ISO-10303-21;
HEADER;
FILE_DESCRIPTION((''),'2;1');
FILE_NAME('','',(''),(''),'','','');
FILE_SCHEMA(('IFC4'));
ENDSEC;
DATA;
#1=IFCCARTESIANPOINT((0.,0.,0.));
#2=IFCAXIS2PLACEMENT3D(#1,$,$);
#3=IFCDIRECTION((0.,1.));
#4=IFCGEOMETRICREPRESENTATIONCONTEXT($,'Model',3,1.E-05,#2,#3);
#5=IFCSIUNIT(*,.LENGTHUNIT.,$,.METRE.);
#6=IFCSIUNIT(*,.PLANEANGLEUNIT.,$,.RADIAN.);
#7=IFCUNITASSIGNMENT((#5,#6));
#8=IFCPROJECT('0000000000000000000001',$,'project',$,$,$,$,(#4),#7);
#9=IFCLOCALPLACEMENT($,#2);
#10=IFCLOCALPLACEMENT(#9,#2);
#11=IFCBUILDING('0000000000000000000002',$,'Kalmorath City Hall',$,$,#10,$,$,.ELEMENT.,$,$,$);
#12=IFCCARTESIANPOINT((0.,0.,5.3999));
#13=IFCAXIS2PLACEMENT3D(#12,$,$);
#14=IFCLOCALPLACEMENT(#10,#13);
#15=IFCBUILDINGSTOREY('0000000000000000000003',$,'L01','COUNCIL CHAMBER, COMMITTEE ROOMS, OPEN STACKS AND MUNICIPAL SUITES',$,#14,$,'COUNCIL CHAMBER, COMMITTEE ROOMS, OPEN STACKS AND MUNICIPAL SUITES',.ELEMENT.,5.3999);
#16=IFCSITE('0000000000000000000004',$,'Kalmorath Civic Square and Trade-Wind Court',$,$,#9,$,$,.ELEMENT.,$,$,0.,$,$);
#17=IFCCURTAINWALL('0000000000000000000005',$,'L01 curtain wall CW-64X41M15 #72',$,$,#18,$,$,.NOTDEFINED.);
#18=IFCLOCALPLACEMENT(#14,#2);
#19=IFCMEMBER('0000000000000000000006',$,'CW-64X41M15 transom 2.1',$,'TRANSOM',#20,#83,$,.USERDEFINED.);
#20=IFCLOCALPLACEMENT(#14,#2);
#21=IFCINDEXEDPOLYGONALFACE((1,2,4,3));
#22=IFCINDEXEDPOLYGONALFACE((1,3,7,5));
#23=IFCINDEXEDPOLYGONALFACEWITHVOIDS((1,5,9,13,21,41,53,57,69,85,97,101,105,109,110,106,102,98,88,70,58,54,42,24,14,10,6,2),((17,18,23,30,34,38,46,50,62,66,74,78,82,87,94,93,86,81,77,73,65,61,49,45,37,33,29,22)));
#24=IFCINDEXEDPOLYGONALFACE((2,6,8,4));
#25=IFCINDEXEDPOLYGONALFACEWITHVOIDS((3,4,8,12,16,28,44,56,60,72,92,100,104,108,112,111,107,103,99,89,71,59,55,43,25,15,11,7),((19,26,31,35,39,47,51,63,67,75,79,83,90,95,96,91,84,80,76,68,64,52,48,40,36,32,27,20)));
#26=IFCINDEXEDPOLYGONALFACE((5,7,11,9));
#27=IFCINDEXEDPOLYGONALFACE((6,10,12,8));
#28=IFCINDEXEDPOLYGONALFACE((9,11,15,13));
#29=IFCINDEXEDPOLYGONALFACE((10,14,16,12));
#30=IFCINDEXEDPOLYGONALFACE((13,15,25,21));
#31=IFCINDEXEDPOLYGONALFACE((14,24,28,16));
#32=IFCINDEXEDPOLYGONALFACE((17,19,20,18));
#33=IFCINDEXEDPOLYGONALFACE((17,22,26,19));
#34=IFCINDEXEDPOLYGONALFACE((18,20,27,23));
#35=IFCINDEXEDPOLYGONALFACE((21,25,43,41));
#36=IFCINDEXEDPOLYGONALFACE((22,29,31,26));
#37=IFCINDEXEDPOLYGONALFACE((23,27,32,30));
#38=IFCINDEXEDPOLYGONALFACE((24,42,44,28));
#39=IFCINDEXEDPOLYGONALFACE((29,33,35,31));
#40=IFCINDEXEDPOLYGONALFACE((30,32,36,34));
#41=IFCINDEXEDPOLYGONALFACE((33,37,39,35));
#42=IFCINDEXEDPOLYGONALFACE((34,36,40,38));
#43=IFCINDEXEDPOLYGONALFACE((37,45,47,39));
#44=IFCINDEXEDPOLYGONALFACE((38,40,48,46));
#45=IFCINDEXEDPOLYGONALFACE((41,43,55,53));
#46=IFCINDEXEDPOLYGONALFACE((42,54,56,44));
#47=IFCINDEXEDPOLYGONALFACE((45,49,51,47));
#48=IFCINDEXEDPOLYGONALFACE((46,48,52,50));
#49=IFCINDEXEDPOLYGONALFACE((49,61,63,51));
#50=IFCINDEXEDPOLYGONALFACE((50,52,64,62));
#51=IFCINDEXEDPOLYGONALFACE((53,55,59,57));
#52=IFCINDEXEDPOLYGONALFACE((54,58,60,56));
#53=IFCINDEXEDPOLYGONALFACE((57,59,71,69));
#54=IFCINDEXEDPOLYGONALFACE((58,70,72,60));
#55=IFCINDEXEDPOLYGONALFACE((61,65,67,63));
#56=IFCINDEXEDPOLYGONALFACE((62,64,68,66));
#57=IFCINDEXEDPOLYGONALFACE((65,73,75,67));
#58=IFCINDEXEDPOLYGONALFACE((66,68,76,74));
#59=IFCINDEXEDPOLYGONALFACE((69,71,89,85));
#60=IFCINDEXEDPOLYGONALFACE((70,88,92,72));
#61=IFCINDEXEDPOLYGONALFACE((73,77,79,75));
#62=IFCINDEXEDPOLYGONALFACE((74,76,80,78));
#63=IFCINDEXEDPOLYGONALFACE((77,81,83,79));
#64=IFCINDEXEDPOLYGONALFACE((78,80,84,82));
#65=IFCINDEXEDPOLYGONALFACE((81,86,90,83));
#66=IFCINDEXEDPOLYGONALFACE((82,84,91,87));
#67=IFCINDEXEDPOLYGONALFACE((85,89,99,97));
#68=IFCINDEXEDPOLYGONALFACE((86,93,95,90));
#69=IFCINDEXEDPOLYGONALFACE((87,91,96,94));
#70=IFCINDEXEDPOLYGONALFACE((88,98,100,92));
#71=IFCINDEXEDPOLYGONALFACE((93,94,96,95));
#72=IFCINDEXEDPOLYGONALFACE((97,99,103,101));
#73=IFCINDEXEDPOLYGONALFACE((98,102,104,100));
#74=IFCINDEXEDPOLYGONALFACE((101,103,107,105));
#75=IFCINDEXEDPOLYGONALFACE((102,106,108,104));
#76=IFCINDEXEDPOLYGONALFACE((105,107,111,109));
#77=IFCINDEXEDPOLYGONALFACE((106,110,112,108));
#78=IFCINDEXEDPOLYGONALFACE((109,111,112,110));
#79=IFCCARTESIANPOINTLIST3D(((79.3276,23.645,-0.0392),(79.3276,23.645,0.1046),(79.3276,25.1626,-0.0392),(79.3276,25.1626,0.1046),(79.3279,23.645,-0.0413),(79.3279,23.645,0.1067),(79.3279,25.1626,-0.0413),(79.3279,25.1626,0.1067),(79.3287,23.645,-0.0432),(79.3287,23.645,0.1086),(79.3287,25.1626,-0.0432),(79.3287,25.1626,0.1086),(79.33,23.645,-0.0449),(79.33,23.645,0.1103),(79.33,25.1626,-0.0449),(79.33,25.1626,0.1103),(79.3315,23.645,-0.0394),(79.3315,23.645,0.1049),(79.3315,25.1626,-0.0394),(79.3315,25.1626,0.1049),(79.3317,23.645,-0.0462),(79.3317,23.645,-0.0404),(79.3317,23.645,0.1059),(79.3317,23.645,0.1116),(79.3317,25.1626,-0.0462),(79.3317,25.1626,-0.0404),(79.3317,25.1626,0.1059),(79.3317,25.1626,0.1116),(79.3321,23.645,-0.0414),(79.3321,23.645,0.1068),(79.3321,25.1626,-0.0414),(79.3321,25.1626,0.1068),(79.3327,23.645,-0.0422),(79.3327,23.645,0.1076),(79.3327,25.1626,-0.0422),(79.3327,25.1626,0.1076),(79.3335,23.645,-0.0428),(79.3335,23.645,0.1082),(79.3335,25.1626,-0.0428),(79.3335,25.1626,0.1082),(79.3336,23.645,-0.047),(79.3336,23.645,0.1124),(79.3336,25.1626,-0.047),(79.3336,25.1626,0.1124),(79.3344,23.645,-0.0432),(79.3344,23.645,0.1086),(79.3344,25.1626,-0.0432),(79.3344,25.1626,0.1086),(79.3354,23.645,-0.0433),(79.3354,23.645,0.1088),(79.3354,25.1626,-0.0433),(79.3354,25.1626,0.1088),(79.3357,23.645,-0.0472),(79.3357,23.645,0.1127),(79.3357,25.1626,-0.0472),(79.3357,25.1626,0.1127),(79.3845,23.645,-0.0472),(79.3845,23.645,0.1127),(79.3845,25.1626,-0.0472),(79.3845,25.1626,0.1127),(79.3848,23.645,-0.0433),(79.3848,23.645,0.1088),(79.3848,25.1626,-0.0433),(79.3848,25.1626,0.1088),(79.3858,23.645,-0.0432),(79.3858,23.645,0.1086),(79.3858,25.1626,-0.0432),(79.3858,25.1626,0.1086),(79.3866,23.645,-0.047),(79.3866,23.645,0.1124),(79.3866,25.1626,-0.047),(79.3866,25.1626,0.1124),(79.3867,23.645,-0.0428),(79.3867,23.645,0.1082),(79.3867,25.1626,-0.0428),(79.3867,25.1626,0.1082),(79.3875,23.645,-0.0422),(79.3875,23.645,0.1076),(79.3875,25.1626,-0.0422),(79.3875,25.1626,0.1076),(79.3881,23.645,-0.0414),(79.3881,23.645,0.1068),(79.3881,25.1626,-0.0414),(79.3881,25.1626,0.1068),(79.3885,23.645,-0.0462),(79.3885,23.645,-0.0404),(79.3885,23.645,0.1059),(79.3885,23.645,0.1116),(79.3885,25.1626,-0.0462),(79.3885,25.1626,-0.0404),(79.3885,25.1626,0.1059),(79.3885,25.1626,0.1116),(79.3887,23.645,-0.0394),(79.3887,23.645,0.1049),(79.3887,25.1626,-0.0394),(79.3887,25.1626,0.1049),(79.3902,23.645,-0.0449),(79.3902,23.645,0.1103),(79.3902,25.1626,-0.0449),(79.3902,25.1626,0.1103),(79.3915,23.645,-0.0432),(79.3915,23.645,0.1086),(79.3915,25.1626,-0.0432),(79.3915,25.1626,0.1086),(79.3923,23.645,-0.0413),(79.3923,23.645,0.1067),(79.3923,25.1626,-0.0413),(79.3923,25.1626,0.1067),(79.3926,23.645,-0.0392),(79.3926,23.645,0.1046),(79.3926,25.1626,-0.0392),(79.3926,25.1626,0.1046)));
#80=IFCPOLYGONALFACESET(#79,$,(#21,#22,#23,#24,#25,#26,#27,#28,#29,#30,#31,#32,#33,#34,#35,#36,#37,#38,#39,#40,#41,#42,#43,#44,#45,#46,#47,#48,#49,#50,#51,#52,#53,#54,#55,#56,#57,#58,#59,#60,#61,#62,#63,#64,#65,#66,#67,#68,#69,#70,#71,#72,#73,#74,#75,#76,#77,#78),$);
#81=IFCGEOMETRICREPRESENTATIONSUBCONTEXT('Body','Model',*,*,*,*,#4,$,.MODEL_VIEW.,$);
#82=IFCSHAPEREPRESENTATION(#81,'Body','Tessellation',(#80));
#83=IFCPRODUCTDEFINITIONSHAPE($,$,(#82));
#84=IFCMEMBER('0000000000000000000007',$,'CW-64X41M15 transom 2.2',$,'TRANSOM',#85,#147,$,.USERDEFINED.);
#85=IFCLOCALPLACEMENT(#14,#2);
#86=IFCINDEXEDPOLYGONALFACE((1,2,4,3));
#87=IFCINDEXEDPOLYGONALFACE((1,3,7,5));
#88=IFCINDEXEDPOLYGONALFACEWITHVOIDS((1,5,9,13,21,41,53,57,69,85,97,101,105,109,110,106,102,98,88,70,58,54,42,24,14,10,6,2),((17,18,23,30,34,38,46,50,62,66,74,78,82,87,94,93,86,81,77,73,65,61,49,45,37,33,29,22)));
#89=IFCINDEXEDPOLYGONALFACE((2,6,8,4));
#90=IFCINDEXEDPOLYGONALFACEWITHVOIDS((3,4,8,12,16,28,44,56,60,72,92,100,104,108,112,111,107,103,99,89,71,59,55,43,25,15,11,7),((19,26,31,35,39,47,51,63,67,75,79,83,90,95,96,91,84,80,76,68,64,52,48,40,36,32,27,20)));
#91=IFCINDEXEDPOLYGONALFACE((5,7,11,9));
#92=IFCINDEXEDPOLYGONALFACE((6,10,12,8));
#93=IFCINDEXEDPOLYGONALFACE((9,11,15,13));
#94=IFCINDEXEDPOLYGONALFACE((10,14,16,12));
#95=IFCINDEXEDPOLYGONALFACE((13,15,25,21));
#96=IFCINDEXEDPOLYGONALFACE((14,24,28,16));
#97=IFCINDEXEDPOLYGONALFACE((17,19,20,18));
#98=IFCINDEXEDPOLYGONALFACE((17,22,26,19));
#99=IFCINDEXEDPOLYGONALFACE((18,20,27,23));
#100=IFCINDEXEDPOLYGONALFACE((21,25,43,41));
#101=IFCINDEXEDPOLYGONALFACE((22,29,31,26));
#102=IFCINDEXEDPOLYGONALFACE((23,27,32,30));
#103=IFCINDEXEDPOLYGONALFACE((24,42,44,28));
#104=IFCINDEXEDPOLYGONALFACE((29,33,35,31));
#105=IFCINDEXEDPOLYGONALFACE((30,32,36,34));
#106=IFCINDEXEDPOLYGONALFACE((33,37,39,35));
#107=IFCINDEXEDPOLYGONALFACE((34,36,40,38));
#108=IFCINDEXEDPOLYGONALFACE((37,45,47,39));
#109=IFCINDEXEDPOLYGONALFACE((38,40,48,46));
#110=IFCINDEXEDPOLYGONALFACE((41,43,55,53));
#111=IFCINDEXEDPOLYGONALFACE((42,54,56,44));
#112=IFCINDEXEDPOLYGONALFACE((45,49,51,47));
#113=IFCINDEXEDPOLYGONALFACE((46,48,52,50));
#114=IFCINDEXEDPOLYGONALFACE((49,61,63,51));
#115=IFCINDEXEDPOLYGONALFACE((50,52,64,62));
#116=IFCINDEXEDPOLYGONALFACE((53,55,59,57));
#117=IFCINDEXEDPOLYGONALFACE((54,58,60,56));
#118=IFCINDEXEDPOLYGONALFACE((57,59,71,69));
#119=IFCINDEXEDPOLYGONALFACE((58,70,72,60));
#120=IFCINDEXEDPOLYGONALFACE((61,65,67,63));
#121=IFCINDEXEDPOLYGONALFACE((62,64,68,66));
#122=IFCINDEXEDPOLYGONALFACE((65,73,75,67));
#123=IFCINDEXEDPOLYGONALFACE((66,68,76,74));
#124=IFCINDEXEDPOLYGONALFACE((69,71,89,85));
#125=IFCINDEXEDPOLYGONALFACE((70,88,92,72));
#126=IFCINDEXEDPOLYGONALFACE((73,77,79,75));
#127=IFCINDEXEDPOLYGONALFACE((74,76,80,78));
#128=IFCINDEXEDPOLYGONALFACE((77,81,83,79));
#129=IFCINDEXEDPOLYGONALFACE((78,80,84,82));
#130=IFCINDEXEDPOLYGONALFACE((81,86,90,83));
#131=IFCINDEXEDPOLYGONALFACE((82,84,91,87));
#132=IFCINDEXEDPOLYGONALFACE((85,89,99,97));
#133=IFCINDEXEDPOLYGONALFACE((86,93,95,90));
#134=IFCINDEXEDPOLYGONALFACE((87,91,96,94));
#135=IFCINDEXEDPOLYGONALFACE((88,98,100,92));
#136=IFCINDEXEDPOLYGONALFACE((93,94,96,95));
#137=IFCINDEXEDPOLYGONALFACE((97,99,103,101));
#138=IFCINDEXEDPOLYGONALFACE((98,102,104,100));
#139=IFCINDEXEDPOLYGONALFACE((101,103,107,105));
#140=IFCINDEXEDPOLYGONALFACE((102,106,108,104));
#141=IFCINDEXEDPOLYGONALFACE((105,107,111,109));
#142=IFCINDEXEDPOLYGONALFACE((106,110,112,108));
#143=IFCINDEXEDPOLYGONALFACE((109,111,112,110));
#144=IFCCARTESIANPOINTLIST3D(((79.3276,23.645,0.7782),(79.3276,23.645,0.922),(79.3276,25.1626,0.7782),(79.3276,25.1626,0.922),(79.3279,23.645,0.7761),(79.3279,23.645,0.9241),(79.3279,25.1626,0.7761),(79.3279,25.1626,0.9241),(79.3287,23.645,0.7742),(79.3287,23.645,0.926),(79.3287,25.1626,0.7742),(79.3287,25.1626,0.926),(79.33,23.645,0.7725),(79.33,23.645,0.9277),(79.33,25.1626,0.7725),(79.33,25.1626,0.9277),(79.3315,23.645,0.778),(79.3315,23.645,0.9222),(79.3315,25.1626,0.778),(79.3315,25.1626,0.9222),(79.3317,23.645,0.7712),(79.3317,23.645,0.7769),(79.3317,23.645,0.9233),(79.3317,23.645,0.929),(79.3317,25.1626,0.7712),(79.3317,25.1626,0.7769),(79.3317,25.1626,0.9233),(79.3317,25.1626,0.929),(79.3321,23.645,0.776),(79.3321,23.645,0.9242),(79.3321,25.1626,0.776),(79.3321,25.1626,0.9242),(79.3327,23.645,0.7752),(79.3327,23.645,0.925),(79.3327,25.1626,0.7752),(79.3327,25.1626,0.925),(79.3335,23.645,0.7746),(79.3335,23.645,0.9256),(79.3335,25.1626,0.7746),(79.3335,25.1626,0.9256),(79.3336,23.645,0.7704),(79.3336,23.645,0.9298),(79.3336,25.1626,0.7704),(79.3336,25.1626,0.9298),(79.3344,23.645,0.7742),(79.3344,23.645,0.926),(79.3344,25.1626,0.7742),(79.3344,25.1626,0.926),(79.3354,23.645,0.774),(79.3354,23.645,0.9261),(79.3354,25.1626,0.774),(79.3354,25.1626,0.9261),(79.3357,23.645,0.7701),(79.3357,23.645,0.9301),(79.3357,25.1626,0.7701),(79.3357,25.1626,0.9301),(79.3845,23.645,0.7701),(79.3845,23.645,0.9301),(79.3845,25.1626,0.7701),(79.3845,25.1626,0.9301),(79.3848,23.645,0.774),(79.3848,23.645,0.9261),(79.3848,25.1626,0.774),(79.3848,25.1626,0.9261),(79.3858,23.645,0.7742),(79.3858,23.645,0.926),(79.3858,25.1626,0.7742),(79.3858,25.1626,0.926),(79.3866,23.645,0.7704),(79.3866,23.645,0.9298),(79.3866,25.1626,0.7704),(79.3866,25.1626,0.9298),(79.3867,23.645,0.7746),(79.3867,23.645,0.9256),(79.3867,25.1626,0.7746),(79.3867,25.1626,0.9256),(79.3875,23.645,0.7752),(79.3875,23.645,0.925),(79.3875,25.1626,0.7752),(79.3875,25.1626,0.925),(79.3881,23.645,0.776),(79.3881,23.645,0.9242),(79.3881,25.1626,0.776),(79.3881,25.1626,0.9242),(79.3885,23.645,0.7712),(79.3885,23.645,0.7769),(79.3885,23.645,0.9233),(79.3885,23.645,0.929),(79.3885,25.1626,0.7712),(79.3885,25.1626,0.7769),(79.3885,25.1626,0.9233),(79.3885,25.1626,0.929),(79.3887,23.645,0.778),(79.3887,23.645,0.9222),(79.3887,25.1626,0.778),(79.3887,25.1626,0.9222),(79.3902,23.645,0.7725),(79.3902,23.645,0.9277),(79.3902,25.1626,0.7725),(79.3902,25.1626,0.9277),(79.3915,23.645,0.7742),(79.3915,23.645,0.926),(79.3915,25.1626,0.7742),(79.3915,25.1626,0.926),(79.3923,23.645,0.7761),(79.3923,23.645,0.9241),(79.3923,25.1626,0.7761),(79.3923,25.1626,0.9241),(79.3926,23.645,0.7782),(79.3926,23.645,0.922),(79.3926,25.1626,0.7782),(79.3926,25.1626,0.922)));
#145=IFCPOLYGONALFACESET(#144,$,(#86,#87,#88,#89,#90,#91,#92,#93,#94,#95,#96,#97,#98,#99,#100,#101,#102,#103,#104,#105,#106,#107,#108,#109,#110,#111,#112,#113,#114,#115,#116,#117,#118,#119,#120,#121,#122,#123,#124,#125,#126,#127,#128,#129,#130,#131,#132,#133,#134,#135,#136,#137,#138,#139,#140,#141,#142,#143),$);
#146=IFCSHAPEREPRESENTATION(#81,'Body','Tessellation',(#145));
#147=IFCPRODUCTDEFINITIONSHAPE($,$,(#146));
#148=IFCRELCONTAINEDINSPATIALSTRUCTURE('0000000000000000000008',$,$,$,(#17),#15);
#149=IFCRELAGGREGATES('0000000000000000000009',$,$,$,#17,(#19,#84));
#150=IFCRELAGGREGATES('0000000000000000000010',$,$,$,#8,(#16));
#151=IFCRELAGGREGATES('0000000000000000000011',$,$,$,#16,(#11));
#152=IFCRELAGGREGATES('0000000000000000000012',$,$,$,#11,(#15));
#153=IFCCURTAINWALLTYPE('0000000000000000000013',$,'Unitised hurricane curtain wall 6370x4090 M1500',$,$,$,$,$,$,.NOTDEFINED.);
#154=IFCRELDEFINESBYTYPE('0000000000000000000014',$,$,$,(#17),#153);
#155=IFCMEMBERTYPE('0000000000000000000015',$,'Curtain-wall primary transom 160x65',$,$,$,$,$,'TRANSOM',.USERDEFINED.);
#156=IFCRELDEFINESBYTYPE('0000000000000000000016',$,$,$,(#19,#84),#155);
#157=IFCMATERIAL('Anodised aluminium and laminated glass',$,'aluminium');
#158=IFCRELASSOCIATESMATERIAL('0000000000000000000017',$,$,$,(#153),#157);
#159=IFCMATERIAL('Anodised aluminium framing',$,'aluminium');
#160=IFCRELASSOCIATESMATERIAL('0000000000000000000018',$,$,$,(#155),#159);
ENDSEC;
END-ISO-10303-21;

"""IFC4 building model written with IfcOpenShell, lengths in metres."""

from ifc_helpers import new_model, si_unit, direction, frame, origin, origin_2d, place, context, subcontext, project, spatial, hollow_rectangle, extrude, material, material_profile, profile_set, type_object, element, aggregate, save


model = new_model("IFC4")

# Units and contexts
model_context = context("Model", 3, precision=1e-05, world=origin(), true_north=direction((0.0, 1.0)))
body_context = subcontext(model_context, "Body", "Model", "MODEL_VIEW")
ifc_project = project(units=[si_unit("LENGTHUNIT", "METRE"), si_unit("PLANEANGLEUNIT", "RADIAN")], contexts=[model_context])

# Site, building, storey
site_placement = place(None, origin())
site = spatial("IfcSite", under=ifc_project, at=site_placement, Name="Kalmorath Civic Square and Trade-Wind Court", CompositionType="ELEMENT", RefElevation=0.0)
building_placement = place(site_placement, origin())
building = spatial("IfcBuilding", under=site, at=building_placement, Name="Kalmorath City Hall", CompositionType="ELEMENT")
storey_placement = place(building_placement, frame((0.0, 0.0, 5.3999)))
storey = spatial("IfcBuildingStorey", under=building, at=storey_placement, Name="L01", Description="COUNCIL CHAMBER, COMMITTEE ROOMS, OPEN STACKS AND MUNICIPAL SUITES", LongName="COUNCIL CHAMBER, COMMITTEE ROOMS, OPEN STACKS AND MUNICIPAL SUITES", CompositionType="ELEMENT", Elevation=5.3999)

# Curtain wall, members
ifc_material_1 = material(Name="Anodised aluminium and laminated glass", Category="aluminium")
curtain_wall_type = type_object("IfcCurtainWallType", Name="Unitised hurricane curtain wall 6370x4090 M1500", PredefinedType="NOTDEFINED", material=ifc_material_1)
curtain_wall_placement = place(storey_placement, origin())
curtain_wall = element("IfcCurtainWall", 1, at=curtain_wall_placement, inside=storey, type_object=curtain_wall_type, Name="L01 curtain wall CW-64X41M15 #72", PredefinedType="NOTDEFINED")
ifc_material_2 = material(Name="Anodised aluminium framing", Category="aluminium")
ifc_material_profile_1 = material_profile(ifc_material_2, hollow_rectangle(XDim=0.0649, YDim=0.1599, WallThickness=0.0039, InnerFilletRadius=0.0039, OuterFilletRadius=0.0081, at=origin_2d()), Name="ALU-TRN-160X65X4")
ifc_profile_set_1 = profile_set([ifc_material_profile_1], Name="Anodised aluminium framing")
member_type_1 = type_object("IfcMemberType", Name="Curtain-wall primary transom 160x65", ElementType="TRANSOM", PredefinedType="USERDEFINED", material=ifc_profile_set_1)
member_1_placement = place(storey_placement, frame((79.3601, 23.645, 0.0327), z_axis=(0.0, 1.0, 0.0), x_axis=(-1.0, 0.0, 0.0)))
member_1 = element("IfcMember", 2, at=member_1_placement, type_object=member_type_1, Name="CW-64X41M15 transom 2.1", ObjectType="TRANSOM", PredefinedType="USERDEFINED", context=body_context, shape_type="SweptSolid", body=[
    extrude(hollow_rectangle(XDim=0.0649, YDim=0.1599, WallThickness=0.0039, InnerFilletRadius=0.0039, OuterFilletRadius=0.0081, at=origin_2d()), origin(), (0.0, 0.0, 1.0), 1.5176),
])
member_2_placement = place(storey_placement, frame((79.3601, 23.645, 0.8501), z_axis=(0.0, 1.0, 0.0), x_axis=(-1.0, 0.0, 0.0)))
member_2 = element("IfcMember", 3, at=member_2_placement, type_object=member_type_1, Name="CW-64X41M15 transom 2.2", ObjectType="TRANSOM", PredefinedType="USERDEFINED", context=body_context, shape_type="SweptSolid", body=[
    extrude(hollow_rectangle(XDim=0.0649, YDim=0.1599, WallThickness=0.0039, InnerFilletRadius=0.0039, OuterFilletRadius=0.0081, at=origin_2d()), origin(), (0.0, 0.0, 1.0), 1.5176),
])

aggregate(curtain_wall, [member_1, member_2])

save(model, "model.ifc")
